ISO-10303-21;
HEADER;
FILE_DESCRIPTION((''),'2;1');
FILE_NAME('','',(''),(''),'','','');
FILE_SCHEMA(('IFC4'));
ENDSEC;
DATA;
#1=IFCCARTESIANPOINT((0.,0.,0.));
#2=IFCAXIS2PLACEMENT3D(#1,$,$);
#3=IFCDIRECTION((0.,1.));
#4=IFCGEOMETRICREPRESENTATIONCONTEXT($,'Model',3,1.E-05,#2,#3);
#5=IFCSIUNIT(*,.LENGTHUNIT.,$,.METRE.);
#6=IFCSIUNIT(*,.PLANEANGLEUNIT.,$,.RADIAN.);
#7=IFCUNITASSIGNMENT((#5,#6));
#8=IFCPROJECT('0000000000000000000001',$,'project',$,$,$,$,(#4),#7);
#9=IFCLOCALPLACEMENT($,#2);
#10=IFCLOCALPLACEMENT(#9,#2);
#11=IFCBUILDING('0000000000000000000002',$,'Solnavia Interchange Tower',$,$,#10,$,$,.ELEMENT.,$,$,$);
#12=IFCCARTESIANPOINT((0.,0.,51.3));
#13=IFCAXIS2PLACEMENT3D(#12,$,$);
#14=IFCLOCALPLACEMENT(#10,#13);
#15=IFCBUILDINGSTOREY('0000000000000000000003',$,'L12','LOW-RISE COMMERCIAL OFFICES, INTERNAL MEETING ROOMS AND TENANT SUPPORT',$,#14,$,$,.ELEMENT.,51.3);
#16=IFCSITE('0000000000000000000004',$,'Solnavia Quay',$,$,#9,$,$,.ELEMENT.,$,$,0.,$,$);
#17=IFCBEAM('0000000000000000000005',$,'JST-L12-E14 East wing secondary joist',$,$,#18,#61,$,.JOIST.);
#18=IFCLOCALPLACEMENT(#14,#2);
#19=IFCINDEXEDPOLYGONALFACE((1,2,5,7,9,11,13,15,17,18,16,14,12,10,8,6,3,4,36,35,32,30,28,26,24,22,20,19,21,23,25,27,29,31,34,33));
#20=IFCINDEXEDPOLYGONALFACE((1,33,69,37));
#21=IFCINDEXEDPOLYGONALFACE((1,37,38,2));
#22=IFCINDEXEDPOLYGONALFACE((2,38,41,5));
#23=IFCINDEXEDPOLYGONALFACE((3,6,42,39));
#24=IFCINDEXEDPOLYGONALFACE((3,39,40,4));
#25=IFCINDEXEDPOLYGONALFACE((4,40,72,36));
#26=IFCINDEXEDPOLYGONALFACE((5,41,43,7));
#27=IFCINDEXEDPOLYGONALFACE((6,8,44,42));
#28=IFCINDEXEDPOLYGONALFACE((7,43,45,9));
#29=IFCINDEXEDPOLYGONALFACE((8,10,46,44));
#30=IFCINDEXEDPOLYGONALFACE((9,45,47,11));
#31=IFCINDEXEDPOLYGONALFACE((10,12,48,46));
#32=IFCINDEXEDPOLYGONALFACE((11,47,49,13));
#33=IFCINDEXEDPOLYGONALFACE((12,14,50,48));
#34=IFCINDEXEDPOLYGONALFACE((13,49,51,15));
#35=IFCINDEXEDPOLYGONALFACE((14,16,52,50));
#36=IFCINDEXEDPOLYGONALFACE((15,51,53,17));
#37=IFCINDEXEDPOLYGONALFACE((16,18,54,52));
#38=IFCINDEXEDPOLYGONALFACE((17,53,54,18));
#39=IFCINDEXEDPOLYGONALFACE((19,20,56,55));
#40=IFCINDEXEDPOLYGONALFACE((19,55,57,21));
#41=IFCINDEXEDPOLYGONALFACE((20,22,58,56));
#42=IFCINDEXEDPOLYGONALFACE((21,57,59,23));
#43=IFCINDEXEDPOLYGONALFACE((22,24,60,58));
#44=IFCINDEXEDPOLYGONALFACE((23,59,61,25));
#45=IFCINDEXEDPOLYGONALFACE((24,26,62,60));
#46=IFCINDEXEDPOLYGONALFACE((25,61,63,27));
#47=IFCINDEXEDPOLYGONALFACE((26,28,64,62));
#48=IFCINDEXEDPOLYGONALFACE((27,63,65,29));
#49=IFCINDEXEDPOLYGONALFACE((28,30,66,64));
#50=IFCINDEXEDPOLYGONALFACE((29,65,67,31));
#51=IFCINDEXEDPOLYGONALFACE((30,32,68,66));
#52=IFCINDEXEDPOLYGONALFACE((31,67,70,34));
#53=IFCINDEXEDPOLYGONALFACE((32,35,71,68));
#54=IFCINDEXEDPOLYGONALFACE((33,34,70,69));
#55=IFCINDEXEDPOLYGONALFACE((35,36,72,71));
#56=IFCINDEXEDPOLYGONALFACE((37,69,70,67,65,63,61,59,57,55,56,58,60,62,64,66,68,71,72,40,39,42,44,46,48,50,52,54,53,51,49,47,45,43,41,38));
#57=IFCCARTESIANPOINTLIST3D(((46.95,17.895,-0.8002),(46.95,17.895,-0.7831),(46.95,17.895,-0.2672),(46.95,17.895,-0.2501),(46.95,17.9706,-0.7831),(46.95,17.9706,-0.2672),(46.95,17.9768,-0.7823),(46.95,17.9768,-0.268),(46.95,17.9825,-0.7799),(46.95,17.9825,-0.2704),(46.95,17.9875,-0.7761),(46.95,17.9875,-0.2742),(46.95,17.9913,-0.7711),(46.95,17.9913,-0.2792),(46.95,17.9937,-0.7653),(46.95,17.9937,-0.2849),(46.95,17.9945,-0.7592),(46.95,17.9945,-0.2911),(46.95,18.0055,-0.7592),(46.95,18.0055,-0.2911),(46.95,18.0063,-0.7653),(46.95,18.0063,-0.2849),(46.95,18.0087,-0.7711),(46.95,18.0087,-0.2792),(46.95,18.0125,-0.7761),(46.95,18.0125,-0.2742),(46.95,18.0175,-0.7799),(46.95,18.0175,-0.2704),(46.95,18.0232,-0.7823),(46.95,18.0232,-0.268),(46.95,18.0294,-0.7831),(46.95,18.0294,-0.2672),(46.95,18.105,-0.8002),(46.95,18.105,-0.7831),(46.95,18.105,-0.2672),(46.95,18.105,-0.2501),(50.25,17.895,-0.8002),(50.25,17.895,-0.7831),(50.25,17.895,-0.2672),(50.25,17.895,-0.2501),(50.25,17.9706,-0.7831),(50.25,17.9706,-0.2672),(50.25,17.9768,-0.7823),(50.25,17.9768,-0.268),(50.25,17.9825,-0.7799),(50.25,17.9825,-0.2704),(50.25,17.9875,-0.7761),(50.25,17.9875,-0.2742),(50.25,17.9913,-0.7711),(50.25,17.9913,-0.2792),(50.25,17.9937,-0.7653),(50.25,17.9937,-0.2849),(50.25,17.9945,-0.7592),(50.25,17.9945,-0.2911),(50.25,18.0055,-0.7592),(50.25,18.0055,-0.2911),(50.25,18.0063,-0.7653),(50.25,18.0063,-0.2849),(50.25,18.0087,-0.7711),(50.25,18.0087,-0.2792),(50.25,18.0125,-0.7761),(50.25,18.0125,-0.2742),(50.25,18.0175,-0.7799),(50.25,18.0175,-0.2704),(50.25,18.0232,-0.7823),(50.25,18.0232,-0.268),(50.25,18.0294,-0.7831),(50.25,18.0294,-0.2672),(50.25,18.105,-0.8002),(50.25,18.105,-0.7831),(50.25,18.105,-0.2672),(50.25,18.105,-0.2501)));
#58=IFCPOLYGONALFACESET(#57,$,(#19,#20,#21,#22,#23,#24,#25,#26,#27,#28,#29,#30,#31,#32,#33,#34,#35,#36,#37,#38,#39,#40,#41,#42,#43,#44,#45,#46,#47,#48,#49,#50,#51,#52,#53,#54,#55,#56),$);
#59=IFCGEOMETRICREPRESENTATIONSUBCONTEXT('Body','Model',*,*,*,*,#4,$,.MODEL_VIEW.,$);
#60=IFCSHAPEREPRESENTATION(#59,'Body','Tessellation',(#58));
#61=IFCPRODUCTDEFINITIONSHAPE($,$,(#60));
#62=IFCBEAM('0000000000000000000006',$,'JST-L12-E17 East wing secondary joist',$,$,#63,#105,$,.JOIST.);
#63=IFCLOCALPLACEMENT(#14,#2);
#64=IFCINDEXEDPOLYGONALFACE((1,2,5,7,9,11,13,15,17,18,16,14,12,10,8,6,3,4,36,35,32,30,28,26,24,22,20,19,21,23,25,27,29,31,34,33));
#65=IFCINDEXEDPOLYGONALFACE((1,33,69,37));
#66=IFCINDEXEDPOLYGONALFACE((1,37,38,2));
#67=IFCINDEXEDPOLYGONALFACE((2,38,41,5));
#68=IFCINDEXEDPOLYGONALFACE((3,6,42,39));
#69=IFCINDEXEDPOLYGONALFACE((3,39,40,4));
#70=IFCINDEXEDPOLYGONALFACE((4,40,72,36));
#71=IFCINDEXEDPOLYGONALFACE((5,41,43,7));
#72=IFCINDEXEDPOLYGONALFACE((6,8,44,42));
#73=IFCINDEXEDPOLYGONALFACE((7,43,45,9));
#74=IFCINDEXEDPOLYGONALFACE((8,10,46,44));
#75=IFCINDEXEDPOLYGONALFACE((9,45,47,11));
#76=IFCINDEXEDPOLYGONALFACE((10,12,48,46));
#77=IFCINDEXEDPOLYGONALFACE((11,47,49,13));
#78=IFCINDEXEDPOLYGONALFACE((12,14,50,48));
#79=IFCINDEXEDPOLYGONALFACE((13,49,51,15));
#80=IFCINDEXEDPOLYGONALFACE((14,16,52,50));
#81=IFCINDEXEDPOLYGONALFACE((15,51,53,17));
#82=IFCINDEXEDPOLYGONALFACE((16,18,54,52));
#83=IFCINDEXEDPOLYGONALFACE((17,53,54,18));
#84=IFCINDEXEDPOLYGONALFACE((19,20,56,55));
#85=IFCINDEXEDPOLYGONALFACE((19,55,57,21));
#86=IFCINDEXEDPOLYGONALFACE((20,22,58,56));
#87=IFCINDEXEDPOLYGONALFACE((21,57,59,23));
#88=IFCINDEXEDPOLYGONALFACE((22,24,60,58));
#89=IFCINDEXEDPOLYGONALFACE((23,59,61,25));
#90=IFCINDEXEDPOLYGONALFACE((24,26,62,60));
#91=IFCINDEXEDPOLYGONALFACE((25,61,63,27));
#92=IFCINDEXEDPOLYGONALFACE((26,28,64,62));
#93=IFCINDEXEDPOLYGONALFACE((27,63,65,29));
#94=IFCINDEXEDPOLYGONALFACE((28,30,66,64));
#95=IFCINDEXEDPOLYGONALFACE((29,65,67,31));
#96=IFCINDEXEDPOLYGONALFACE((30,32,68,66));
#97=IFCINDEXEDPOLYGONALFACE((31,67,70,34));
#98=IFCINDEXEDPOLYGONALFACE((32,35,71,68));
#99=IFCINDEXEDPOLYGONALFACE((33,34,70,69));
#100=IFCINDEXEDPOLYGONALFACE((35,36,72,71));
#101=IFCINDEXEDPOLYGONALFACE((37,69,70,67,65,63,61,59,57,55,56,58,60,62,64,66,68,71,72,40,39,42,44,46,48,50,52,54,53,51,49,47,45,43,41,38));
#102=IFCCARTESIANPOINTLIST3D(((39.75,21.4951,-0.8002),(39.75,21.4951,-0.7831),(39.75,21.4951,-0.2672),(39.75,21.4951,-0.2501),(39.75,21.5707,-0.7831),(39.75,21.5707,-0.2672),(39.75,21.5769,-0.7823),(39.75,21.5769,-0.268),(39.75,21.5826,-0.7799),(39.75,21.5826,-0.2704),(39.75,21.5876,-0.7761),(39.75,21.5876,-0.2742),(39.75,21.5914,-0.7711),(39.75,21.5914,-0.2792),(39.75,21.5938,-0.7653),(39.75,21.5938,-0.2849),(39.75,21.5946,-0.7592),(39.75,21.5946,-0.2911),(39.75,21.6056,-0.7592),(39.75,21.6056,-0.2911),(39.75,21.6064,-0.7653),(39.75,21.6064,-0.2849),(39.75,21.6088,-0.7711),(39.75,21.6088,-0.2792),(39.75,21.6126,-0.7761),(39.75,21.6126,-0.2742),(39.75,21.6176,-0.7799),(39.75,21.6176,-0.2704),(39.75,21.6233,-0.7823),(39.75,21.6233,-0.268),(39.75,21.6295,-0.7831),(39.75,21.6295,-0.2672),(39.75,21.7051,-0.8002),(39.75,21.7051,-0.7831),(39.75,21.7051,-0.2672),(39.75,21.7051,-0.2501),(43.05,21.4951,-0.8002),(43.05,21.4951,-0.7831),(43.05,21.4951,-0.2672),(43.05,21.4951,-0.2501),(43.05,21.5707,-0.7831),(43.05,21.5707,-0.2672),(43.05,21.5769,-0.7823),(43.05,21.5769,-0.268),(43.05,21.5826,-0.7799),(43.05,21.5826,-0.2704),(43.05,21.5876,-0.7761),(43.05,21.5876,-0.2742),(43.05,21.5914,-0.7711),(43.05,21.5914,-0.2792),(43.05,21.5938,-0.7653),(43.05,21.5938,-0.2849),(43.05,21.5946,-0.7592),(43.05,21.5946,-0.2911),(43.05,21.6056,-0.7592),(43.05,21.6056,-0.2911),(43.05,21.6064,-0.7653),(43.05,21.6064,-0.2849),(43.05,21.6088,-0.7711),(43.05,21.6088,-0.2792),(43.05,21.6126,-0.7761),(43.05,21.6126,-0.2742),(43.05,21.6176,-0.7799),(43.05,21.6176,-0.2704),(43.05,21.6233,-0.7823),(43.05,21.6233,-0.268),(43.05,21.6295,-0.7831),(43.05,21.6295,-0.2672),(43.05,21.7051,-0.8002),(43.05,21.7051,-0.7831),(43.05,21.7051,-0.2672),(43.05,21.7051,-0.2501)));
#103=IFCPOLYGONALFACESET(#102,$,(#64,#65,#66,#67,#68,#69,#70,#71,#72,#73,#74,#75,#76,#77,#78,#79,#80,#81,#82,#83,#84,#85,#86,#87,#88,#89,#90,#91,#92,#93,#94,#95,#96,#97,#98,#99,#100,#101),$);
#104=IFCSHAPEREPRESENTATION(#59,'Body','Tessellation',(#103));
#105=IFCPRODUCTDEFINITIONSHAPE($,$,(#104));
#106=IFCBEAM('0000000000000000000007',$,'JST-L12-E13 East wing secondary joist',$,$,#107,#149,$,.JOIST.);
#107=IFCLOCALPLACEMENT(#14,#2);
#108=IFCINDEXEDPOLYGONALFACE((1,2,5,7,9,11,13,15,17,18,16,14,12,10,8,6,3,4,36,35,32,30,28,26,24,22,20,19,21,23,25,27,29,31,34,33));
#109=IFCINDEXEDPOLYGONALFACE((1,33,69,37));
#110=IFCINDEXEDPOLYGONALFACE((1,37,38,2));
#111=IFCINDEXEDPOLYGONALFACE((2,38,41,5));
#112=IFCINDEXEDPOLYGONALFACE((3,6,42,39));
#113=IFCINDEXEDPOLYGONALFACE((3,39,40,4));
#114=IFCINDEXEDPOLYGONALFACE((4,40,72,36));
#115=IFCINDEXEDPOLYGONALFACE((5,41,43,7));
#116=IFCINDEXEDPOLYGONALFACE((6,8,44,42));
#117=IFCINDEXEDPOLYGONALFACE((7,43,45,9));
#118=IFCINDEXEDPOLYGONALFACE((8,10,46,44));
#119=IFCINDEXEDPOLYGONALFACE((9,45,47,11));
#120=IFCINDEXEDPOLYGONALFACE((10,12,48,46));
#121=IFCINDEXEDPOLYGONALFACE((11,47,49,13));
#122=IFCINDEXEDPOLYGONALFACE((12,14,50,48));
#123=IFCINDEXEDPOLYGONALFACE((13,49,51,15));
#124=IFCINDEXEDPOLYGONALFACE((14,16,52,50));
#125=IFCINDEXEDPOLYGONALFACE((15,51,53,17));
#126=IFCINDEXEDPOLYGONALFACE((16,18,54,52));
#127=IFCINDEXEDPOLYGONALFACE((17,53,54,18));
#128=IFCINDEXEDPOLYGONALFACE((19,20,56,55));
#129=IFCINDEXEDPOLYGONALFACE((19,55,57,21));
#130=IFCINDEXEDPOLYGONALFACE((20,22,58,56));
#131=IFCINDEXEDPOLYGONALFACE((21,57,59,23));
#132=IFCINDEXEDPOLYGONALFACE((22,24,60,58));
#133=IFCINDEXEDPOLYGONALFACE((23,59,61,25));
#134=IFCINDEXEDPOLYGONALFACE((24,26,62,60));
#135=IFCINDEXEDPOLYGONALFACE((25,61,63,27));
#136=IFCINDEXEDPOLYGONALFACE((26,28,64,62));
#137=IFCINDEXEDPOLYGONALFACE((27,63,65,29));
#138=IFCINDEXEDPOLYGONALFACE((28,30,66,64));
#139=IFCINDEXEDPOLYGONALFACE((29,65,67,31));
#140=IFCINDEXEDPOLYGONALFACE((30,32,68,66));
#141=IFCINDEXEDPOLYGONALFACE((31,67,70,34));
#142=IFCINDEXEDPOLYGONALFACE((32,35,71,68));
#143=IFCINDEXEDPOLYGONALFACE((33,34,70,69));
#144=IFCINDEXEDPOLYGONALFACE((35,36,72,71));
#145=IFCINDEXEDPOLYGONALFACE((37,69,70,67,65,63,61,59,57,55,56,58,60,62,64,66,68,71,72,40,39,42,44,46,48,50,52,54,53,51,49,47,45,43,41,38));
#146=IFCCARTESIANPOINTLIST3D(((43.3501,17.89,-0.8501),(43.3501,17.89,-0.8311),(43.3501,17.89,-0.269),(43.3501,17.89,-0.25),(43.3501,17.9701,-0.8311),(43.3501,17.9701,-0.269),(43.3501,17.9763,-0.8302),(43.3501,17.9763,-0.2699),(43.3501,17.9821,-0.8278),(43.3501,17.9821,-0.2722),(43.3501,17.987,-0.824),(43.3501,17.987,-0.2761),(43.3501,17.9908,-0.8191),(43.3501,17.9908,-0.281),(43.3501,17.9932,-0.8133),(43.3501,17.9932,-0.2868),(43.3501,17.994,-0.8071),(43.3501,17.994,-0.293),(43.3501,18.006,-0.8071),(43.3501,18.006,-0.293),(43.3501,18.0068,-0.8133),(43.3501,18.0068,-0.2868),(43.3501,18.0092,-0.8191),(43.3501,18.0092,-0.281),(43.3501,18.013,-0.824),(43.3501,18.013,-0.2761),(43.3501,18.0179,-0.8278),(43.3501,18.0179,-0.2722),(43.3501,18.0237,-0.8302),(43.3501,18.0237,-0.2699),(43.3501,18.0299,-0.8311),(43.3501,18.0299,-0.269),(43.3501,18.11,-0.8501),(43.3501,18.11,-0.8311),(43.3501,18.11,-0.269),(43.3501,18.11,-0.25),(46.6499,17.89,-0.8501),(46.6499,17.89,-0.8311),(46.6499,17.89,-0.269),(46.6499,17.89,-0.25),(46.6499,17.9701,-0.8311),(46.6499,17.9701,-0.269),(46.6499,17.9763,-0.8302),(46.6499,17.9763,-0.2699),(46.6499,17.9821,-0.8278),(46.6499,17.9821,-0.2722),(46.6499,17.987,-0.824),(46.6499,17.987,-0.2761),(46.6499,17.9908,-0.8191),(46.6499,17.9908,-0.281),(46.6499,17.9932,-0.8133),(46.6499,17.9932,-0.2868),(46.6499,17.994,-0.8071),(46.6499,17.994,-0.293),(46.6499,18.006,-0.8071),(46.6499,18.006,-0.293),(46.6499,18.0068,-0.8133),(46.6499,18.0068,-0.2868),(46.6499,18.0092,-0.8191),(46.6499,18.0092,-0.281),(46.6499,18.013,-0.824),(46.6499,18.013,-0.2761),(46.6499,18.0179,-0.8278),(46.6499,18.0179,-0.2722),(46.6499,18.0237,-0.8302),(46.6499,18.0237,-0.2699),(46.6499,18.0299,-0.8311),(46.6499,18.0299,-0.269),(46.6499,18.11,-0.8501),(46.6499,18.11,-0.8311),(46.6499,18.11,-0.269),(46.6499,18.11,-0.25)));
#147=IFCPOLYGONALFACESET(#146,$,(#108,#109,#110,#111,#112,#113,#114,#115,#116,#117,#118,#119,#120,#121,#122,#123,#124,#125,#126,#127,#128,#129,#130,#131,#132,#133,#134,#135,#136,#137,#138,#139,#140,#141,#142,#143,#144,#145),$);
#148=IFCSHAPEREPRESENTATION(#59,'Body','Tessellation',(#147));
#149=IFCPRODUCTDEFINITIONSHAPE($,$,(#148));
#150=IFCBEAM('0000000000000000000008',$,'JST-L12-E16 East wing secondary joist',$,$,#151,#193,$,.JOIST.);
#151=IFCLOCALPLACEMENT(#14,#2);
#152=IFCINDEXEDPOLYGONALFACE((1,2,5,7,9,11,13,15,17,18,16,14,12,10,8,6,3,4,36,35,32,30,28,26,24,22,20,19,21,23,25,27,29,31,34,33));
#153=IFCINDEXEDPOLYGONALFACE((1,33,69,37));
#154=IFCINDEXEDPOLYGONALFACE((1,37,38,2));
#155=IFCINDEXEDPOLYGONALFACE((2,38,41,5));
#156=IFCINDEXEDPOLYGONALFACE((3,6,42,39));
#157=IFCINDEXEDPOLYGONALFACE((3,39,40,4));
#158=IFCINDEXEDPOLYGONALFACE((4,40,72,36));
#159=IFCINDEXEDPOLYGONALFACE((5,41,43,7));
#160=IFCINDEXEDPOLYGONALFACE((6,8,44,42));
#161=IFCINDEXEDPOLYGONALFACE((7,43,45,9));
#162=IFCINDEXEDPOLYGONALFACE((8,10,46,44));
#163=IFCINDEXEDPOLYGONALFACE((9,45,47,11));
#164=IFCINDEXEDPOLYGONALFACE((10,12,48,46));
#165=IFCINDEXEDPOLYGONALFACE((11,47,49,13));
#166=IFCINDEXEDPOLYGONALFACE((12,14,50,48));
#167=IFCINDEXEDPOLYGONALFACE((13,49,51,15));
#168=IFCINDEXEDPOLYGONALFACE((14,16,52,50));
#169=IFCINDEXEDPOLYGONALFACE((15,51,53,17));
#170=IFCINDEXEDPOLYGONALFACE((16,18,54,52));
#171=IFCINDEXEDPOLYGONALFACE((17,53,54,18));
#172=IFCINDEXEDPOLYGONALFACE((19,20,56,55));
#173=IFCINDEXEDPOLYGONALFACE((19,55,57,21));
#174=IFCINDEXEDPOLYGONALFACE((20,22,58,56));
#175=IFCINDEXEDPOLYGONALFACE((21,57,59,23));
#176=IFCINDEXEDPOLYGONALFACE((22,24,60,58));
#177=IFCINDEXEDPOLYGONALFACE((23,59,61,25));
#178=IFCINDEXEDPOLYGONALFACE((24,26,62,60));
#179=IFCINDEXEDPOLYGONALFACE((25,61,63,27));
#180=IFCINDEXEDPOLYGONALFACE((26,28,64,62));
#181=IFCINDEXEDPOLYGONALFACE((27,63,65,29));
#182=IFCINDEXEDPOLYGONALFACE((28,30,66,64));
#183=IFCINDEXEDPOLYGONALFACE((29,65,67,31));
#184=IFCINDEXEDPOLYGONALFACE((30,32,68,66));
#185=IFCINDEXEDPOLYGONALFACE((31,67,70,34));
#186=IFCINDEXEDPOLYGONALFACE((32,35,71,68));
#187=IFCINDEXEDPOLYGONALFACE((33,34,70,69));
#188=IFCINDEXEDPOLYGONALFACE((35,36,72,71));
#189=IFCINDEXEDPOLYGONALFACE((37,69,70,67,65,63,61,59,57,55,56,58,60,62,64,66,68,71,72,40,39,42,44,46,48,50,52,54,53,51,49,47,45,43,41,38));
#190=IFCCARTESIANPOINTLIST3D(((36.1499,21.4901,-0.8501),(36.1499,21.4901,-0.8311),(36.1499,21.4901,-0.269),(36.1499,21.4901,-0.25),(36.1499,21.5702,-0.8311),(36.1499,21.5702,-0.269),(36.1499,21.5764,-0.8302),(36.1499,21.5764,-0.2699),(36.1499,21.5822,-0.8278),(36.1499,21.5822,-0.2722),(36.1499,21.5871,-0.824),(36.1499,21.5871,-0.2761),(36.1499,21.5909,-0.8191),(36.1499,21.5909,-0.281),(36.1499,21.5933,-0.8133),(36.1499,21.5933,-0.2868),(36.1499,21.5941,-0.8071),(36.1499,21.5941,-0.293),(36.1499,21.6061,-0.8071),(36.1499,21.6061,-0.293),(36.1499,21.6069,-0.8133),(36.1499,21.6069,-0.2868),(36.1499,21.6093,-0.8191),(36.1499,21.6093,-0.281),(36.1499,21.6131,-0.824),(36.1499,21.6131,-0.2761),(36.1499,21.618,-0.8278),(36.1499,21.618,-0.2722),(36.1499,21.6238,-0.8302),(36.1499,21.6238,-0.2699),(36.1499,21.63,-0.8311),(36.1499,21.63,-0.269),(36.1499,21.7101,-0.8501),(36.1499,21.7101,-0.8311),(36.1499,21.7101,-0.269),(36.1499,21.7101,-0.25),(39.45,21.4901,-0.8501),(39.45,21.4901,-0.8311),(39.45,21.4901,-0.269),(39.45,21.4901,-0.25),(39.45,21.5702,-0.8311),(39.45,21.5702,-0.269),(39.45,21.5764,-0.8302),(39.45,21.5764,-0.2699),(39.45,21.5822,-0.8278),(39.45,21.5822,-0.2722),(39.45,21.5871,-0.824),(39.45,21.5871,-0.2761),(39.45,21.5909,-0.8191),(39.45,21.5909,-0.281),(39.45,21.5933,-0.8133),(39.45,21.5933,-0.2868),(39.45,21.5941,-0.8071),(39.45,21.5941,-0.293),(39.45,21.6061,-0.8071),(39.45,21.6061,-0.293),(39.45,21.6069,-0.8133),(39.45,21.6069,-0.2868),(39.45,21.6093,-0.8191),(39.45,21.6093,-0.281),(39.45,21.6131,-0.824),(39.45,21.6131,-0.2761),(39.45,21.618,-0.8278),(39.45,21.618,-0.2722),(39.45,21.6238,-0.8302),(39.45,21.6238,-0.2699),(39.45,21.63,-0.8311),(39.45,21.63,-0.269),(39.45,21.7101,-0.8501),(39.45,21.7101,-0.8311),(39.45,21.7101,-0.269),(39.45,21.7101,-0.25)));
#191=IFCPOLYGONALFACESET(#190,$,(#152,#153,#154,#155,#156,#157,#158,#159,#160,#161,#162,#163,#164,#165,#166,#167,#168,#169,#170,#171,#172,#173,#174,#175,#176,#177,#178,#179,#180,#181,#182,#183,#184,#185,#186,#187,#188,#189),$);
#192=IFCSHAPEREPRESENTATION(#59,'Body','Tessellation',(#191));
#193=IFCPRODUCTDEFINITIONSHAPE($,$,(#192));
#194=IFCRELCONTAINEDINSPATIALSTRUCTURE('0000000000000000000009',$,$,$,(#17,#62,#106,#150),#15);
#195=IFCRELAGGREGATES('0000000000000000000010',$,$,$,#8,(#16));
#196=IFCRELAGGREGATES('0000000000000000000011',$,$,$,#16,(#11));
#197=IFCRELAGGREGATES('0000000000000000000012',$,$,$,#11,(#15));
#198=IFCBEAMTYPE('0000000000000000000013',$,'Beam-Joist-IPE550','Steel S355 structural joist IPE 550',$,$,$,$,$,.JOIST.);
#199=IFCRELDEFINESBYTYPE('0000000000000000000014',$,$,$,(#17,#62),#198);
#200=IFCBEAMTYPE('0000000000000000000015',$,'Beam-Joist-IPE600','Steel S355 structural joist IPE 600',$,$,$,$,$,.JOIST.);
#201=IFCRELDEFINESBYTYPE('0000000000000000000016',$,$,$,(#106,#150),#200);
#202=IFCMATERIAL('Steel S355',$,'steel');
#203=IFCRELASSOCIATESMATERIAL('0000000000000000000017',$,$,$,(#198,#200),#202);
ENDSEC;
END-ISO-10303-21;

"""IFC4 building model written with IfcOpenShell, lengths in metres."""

from ifc_helpers import new_model, si_unit, direction, frame, origin, origin_2d, place, context, subcontext, project, spatial, i_section, extrude, material, material_profile, profile_set, type_object, element, save


model = new_model("IFC4")

# Units and contexts
model_context = context("Model", 3, precision=1e-05, world=origin(), true_north=direction((0.0, 1.0)))
body_context = subcontext(model_context, "Body", "Model", "MODEL_VIEW")
ifc_project = project(units=[si_unit("LENGTHUNIT", "METRE"), si_unit("PLANEANGLEUNIT", "RADIAN")], contexts=[model_context])

# Site, building, storey
site_placement = place(None, origin())
site = spatial("IfcSite", under=ifc_project, at=site_placement, Name="Solnavia Quay", CompositionType="ELEMENT", RefElevation=0.0)
building_placement = place(site_placement, origin())
building = spatial("IfcBuilding", under=site, at=building_placement, Name="Solnavia Interchange Tower", CompositionType="ELEMENT")
storey_placement = place(building_placement, frame((0.0, 0.0, 51.3)))
storey = spatial("IfcBuildingStorey", under=building, at=storey_placement, Name="L12", Description="LOW-RISE COMMERCIAL OFFICES, INTERNAL MEETING ROOMS AND TENANT SUPPORT", CompositionType="ELEMENT", Elevation=51.3)

# Beams
ifc_material_1 = material(Name="Steel S355", Category="steel")
ifc_material_profile_1 = material_profile(ifc_material_1, i_section(OverallWidth=0.21, OverallDepth=0.55, WebThickness=0.011, FlangeThickness=0.0171, FilletRadius=0.0239, at=origin_2d()), Name="IPE 550")
ifc_profile_set_1 = profile_set([ifc_material_profile_1], Name="Steel S355")
beam_type_1 = type_object("IfcBeamType", Name="Beam-Joist-IPE550", Description="Steel S355 structural joist IPE 550", PredefinedType="JOIST", material=ifc_profile_set_1)
for number, where, z_axis, x_axis, name in (
    (1, (46.95, 18.0, -0.5251), (1.0, 0.0, 0.0), (0.0, 1.0, 0.0), "JST-L12-E14 East wing secondary joist"),
    (2, (39.75, 21.6001, -0.5251), (1.0, 0.0, 0.0), (0.0, 1.0, 0.0), "JST-L12-E17 East wing secondary joist"),
):
    element("IfcBeam", number, at=place(storey_placement, frame(where, z_axis=z_axis, x_axis=x_axis)), inside=storey, type_object=beam_type_1, Name=name, PredefinedType="JOIST", context=body_context, shape_type="SweptSolid", body=[
        extrude(i_section(OverallWidth=0.21, OverallDepth=0.55, WebThickness=0.011, FlangeThickness=0.0171, FilletRadius=0.0239, at=origin_2d()), origin(), (0.0, 0.0, 1.0), 3.3),
    ])
ifc_material_profile_2 = material_profile(ifc_material_1, i_section(OverallWidth=0.22, OverallDepth=0.6001, WebThickness=0.012, FlangeThickness=0.019, FilletRadius=0.0239, at=origin_2d()), Name="IPE 600")
ifc_profile_set_2 = profile_set([ifc_material_profile_2], Name="Steel S355")
beam_type_2 = type_object("IfcBeamType", Name="Beam-Joist-IPE600", Description="Steel S355 structural joist IPE 600", PredefinedType="JOIST", material=ifc_profile_set_2)
beam_1_placement = place(storey_placement, frame((43.3501, 18.0, -0.55), z_axis=(1.0, 0.0, 0.0), x_axis=(0.0, 1.0, 0.0)))
element("IfcBeam", 3, at=beam_1_placement, inside=storey, type_object=beam_type_2, Name="JST-L12-E13 East wing secondary joist", PredefinedType="JOIST", context=body_context, shape_type="SweptSolid", body=[
    extrude(i_section(OverallWidth=0.22, OverallDepth=0.6001, WebThickness=0.012, FlangeThickness=0.019, FilletRadius=0.0239, at=origin_2d()), origin(), (0.0, 0.0, 1.0), 3.2998),
])
for number, where, z_axis, x_axis, name in (
    (4, (36.1499, 21.6001, -0.55), (1.0, 0.0, 0.0), (0.0, 1.0, 0.0), "JST-L12-E16 East wing secondary joist"),
):
    element("IfcBeam", number, at=place(storey_placement, frame(where, z_axis=z_axis, x_axis=x_axis)), inside=storey, type_object=beam_type_2, Name=name, PredefinedType="JOIST", context=body_context, shape_type="SweptSolid", body=[
        extrude(i_section(OverallWidth=0.22, OverallDepth=0.6001, WebThickness=0.012, FlangeThickness=0.019, FilletRadius=0.0239, at=origin_2d()), origin(), (0.0, 0.0, 1.0), 3.3),
    ])

save(model, "model.ifc")
